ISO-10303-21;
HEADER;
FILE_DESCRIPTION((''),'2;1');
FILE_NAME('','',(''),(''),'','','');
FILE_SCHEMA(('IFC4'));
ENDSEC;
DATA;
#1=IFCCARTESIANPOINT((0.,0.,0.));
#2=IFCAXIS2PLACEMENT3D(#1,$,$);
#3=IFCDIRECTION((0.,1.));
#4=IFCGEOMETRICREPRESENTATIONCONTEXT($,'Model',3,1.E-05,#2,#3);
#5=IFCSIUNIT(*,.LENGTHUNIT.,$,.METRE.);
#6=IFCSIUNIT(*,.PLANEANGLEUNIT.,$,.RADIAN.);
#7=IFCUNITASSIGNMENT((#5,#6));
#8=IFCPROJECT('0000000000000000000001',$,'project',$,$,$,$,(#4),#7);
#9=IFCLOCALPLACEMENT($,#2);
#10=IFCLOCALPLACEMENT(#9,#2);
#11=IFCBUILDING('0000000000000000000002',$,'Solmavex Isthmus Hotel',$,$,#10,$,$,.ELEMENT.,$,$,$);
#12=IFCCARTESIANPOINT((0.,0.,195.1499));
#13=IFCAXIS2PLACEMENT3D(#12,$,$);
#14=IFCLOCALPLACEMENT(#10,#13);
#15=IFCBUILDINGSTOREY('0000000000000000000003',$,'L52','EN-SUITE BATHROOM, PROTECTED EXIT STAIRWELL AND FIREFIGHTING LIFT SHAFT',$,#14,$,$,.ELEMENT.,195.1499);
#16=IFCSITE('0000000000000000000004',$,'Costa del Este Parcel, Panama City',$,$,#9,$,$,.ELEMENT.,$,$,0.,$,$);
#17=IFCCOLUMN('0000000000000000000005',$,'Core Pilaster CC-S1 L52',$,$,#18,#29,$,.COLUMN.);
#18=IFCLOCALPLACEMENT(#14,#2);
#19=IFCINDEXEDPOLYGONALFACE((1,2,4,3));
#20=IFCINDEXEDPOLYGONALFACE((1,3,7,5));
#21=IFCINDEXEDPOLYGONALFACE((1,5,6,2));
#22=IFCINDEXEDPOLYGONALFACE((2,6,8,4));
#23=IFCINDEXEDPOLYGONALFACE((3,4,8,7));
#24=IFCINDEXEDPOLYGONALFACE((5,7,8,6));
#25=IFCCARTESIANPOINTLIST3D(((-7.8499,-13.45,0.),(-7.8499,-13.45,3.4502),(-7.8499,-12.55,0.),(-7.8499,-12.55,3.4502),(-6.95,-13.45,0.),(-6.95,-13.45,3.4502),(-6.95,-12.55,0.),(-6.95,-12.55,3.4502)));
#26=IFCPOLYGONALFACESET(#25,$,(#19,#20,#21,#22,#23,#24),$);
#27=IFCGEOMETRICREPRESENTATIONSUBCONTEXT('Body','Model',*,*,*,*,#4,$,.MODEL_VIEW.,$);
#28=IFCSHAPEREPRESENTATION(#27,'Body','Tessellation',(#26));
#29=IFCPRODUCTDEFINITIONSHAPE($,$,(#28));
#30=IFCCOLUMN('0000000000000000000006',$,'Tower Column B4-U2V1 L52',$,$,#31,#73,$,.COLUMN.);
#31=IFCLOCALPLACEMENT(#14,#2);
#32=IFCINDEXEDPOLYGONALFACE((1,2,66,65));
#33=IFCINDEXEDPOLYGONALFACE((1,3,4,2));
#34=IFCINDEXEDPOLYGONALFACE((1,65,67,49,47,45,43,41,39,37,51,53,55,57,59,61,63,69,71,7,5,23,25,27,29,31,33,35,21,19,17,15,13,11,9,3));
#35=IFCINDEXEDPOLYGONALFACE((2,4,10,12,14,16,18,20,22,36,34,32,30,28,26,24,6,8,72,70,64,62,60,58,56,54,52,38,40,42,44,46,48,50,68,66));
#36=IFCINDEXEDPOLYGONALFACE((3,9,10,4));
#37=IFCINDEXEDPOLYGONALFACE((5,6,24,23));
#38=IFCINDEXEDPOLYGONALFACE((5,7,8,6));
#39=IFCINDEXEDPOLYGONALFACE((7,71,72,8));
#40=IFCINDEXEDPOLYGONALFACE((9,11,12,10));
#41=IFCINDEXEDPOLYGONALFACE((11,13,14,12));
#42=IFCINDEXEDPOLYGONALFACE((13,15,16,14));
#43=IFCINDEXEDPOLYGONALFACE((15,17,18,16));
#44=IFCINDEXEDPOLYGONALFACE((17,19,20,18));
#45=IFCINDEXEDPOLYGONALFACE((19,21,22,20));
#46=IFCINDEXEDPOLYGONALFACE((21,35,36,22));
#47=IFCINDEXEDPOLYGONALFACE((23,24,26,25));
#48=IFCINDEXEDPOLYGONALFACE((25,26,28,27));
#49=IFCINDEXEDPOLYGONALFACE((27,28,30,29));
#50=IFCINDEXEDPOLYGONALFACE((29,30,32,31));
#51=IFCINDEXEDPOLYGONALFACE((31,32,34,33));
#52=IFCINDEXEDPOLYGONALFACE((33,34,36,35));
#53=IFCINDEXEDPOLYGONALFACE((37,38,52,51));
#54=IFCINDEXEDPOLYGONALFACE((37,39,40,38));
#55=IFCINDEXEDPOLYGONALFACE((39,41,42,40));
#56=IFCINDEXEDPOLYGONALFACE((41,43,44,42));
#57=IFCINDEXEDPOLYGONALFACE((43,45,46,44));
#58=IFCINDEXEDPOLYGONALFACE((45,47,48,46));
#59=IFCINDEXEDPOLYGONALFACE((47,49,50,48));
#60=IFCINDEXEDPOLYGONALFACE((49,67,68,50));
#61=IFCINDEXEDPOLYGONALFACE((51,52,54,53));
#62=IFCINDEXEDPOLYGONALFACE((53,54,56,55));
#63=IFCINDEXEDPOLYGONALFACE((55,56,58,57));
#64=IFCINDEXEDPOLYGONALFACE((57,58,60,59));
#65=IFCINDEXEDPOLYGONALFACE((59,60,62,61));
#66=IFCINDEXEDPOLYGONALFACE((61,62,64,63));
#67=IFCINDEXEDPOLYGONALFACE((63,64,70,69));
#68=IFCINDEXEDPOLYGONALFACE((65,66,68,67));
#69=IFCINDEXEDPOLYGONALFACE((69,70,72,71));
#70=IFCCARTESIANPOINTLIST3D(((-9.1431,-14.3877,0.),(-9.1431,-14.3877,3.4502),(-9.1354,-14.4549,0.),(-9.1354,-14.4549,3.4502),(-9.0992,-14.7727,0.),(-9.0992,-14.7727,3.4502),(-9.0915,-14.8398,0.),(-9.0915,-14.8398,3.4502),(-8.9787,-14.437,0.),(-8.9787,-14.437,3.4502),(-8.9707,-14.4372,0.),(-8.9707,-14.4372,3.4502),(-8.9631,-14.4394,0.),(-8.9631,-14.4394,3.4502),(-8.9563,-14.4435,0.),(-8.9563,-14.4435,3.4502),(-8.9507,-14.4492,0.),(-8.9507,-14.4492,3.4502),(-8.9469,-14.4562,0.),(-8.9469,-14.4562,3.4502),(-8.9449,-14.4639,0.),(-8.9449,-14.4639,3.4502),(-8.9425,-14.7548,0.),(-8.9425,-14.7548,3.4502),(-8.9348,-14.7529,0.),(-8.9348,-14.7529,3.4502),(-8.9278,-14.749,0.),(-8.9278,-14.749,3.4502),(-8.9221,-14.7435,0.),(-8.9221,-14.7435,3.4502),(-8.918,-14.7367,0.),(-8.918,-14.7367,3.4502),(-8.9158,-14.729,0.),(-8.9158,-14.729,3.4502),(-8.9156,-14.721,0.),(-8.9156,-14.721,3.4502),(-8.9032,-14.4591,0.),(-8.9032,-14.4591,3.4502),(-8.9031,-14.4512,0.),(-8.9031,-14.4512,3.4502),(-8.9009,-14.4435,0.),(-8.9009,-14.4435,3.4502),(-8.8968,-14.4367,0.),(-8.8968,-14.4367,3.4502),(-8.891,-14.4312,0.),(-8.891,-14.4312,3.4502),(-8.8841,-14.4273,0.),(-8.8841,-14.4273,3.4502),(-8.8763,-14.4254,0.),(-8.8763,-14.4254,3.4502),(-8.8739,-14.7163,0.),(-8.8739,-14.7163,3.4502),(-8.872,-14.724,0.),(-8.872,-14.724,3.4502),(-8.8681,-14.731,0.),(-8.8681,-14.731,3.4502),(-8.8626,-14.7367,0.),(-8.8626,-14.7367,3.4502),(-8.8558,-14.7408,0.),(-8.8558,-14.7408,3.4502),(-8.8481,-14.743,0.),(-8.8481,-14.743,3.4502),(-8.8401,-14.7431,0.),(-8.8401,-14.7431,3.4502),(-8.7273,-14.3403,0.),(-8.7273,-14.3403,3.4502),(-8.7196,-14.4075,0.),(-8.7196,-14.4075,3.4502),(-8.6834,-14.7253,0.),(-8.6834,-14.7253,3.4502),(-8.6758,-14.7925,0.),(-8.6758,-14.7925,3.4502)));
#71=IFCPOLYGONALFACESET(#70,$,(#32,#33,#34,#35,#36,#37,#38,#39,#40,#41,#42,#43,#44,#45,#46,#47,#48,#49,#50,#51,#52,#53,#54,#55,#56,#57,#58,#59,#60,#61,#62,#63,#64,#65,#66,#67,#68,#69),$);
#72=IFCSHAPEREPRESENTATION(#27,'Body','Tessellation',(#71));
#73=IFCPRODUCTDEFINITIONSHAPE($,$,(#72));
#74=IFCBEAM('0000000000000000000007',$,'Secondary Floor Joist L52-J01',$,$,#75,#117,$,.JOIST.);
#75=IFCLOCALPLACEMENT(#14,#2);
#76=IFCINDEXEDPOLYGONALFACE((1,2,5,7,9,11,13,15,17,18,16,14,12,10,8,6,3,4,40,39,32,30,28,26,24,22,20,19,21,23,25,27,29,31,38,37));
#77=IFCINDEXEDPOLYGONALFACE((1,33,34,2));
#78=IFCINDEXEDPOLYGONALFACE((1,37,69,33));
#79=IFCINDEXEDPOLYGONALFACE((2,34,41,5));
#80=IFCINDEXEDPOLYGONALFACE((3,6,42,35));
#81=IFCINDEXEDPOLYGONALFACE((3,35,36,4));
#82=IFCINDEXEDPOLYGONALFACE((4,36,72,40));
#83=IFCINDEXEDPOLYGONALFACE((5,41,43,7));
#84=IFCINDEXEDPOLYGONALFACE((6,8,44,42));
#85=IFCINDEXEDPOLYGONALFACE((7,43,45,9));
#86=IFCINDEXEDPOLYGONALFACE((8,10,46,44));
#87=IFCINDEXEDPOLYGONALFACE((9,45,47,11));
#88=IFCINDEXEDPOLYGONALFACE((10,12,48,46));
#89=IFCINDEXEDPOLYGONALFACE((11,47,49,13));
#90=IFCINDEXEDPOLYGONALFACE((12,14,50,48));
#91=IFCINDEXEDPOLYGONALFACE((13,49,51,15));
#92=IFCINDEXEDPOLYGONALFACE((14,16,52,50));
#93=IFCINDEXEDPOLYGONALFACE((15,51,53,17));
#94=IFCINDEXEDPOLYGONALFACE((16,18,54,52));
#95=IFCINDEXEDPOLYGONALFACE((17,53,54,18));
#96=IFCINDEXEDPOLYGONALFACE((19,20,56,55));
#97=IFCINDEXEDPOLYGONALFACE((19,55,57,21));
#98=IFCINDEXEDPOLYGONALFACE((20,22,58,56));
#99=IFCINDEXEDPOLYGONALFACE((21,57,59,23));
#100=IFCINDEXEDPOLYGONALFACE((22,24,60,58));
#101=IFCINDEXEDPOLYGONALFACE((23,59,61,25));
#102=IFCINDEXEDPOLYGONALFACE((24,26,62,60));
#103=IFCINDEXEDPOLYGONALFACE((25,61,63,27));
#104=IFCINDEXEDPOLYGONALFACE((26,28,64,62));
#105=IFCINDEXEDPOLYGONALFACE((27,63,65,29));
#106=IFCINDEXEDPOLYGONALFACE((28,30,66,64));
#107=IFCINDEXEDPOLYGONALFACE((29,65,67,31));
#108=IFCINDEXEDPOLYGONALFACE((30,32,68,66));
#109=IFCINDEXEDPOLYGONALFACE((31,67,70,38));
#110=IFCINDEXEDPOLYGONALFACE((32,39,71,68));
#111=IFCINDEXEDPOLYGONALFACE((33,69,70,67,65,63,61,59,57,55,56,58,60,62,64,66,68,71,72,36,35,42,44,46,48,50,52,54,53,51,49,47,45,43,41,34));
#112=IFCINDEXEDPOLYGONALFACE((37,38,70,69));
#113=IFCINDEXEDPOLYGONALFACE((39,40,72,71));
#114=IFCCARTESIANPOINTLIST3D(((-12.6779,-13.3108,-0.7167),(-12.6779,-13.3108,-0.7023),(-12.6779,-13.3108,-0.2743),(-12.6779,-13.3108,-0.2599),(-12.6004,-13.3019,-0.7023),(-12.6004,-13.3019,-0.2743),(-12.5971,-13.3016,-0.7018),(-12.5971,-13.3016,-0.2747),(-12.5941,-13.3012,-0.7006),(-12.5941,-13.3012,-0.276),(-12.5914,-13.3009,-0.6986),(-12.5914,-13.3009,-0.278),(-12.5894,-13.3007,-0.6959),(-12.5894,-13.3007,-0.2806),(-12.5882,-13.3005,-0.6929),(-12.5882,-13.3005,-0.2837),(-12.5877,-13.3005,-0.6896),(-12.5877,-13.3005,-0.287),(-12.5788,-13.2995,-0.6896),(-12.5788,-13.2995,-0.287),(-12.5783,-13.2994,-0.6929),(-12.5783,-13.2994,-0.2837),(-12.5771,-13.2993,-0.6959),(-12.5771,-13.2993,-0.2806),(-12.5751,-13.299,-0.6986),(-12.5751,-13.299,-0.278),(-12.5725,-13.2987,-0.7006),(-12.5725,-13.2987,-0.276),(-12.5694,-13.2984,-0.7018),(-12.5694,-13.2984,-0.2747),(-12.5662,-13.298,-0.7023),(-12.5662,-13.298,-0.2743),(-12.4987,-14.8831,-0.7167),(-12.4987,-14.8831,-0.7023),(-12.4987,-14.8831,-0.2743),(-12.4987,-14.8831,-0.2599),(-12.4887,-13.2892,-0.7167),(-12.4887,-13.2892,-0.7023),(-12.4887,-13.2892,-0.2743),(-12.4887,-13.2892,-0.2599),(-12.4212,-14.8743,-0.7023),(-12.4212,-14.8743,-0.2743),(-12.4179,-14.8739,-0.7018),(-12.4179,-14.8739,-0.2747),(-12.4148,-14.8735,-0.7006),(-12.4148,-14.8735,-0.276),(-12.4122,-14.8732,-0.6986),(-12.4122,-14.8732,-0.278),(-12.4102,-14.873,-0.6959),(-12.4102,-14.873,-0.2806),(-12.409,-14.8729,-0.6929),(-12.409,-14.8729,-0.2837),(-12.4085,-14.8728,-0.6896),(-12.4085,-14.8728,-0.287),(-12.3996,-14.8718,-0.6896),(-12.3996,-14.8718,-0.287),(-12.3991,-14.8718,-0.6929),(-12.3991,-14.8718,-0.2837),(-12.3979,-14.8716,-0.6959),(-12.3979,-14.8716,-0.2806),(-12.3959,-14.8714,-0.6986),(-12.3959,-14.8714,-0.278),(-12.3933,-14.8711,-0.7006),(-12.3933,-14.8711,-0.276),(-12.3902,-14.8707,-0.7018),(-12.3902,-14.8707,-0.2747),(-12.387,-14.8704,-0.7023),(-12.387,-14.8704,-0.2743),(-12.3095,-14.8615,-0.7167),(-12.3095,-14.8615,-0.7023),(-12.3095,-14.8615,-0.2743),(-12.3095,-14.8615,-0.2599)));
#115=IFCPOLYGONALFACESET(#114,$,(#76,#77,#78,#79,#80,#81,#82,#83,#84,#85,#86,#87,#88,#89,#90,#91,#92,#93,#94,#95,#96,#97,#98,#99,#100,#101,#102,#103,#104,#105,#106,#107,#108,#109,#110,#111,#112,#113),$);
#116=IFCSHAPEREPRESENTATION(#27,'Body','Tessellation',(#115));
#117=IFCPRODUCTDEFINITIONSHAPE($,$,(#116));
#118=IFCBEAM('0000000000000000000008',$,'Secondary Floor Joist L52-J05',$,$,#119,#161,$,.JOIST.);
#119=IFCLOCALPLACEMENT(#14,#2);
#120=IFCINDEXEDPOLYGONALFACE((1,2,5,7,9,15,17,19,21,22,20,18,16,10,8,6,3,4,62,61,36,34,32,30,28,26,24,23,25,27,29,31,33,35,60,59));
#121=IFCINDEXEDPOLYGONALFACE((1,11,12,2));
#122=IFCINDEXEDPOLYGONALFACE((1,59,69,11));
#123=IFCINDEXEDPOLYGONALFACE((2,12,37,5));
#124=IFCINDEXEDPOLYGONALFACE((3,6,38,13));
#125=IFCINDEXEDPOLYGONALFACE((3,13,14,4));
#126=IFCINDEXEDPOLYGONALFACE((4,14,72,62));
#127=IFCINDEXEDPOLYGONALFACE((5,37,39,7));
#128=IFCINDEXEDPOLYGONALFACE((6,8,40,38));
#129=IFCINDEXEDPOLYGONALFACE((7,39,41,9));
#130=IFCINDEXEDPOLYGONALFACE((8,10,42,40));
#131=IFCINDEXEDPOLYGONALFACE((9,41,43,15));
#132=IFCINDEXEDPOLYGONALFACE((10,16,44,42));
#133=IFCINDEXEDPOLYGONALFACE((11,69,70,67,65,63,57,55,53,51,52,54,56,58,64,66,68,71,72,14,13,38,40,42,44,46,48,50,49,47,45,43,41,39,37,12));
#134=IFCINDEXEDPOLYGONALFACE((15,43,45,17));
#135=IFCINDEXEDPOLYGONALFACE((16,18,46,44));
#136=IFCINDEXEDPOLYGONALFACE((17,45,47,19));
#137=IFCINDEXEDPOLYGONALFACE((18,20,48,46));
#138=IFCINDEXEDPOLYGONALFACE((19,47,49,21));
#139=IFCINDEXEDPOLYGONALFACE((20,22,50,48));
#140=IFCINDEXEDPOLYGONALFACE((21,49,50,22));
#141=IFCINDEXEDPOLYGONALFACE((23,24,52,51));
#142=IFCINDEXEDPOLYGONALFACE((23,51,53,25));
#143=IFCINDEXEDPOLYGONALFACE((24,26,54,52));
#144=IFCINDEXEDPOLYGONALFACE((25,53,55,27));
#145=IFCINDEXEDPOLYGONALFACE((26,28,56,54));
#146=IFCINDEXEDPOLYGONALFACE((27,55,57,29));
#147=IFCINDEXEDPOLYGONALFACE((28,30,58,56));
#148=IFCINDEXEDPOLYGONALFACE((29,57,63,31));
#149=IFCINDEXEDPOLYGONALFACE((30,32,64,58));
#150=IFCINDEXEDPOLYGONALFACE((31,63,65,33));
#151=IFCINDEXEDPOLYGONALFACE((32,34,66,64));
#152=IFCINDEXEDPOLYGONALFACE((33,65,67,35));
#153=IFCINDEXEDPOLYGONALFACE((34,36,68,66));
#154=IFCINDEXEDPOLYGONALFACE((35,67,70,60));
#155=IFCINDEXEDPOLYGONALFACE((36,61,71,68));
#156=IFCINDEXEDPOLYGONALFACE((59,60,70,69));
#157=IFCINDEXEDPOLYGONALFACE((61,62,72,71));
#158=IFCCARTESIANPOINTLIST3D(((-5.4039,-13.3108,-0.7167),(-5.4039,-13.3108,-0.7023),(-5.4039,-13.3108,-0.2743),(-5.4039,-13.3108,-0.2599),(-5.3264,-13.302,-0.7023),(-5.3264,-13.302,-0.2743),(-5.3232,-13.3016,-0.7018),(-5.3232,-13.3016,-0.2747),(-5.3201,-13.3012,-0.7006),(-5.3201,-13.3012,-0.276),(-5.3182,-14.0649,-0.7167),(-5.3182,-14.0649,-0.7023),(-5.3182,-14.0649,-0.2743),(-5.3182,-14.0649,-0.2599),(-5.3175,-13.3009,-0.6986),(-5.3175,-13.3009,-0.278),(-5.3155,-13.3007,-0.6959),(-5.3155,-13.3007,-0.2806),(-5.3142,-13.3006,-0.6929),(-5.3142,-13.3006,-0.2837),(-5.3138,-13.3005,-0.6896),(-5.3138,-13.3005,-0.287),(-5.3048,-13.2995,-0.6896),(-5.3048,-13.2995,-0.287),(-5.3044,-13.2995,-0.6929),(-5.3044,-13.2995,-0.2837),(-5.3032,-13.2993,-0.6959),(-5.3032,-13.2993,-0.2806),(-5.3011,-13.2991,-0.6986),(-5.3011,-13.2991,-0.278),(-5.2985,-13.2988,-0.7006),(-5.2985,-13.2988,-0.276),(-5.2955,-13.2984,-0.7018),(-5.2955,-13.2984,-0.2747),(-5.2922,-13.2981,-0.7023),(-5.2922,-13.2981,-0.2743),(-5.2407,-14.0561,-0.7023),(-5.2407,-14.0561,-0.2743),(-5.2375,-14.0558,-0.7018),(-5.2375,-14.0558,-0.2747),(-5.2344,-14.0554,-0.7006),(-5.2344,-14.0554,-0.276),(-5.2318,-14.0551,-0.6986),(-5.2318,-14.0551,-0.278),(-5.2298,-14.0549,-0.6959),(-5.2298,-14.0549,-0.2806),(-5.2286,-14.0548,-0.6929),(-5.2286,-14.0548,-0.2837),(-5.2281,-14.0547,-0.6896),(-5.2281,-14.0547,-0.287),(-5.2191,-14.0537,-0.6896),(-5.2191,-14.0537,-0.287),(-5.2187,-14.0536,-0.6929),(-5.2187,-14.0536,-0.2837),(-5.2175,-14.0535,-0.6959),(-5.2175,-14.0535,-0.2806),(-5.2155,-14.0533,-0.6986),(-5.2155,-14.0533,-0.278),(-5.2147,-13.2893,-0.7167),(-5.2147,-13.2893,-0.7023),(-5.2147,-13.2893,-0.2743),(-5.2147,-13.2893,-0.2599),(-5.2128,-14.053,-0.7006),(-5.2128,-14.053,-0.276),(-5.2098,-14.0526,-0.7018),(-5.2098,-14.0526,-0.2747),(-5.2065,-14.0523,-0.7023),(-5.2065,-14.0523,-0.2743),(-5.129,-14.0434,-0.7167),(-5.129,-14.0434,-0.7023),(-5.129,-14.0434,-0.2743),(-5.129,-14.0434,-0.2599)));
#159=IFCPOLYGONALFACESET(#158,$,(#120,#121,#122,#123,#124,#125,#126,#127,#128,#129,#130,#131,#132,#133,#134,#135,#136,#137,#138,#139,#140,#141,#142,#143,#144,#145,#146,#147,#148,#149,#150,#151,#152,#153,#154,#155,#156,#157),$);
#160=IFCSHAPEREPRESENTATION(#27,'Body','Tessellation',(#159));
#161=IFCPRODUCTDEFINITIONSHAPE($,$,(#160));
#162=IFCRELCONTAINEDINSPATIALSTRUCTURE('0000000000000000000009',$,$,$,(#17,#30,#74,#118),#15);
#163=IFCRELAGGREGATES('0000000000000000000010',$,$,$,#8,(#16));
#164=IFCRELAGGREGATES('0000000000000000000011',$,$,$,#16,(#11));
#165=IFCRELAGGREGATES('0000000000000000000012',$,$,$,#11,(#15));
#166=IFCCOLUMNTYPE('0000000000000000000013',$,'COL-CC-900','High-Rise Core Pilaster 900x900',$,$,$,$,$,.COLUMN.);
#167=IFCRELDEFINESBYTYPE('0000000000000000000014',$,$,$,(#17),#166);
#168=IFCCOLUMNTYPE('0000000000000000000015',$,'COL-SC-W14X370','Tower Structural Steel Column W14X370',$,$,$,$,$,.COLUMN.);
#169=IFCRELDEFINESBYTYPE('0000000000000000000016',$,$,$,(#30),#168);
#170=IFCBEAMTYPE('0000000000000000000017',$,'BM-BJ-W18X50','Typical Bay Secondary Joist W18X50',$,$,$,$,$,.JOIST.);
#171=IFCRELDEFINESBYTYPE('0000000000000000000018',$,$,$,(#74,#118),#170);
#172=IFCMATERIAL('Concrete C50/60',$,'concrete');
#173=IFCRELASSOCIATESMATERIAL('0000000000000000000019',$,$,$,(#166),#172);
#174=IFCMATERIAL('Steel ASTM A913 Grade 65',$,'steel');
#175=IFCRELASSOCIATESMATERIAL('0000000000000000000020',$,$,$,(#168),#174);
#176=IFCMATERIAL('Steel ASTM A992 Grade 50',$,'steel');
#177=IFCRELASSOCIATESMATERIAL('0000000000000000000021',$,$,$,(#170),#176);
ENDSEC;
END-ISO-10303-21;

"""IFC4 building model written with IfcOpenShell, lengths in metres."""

from ifc_helpers import new_model, si_unit, direction, frame, origin, origin_2d, place, context, subcontext, project, spatial, rectangle, i_section, extrude, material, material_profile, profile_set, type_object, element, save


model = new_model("IFC4")

# Units and contexts
model_context = context("Model", 3, precision=1e-05, world=origin(), true_north=direction((0.0, 1.0)))
body_context = subcontext(model_context, "Body", "Model", "MODEL_VIEW")
ifc_project = project(units=[si_unit("LENGTHUNIT", "METRE"), si_unit("PLANEANGLEUNIT", "RADIAN")], contexts=[model_context])

# Site, building, storey
site_placement = place(None, origin())
site = spatial("IfcSite", under=ifc_project, at=site_placement, Name="Costa del Este Parcel, Panama City", CompositionType="ELEMENT", RefElevation=0.0)
building_placement = place(site_placement, origin())
building = spatial("IfcBuilding", under=site, at=building_placement, Name="Solmavex Isthmus Hotel", CompositionType="ELEMENT")
storey_placement = place(building_placement, frame((0.0, 0.0, 195.1499)))
storey = spatial("IfcBuildingStorey", under=building, at=storey_placement, Name="L52", Description="EN-SUITE BATHROOM, PROTECTED EXIT STAIRWELL AND FIREFIGHTING LIFT SHAFT", CompositionType="ELEMENT", Elevation=195.1499)

# Columns
ifc_material_1 = material(Name="Concrete C50/60", Category="concrete")
ifc_material_profile_1 = material_profile(ifc_material_1, rectangle(XDim=0.8999, YDim=0.8999, at=origin_2d()), Name="RC900X900")
ifc_profile_set_1 = profile_set([ifc_material_profile_1], Name="Concrete C50/60")
column_type_1 = type_object("IfcColumnType", Name="COL-CC-900", Description="High-Rise Core Pilaster 900x900", PredefinedType="COLUMN", material=ifc_profile_set_1)
column_1_placement = place(storey_placement, frame((-7.3999, -13.0, 0.0), z_axis=(0.0, 0.0, 1.0), x_axis=(1.0, 0.0, 0.0)))
element("IfcColumn", 1, at=column_1_placement, inside=storey, type_object=column_type_1, Name="Core Pilaster CC-S1 L52", PredefinedType="COLUMN", context=body_context, shape_type="SweptSolid", body=[
    extrude(rectangle(XDim=0.8999, YDim=0.8999, at=origin_2d()), origin(), (0.0, 0.0, 1.0), 3.4502),
])
ifc_material_2 = material(Name="Steel ASTM A913 Grade 65", Category="steel")
ifc_material_profile_2 = material_profile(ifc_material_2, i_section(OverallWidth=0.4185, OverallDepth=0.4551, WebThickness=0.042, FlangeThickness=0.0676, FilletRadius=0.0305, at=origin_2d()), Name="W14X370")
ifc_profile_set_2 = profile_set([ifc_material_profile_2], Name="Steel ASTM A913 Grade 65")
column_type_2 = type_object("IfcColumnType", Name="COL-SC-W14X370", Description="Tower Structural Steel Column W14X370", PredefinedType="COLUMN", material=ifc_profile_set_2)
column_2_placement = place(storey_placement, frame((-8.9094, -14.5901, 0.0), z_axis=(0.0, 0.0, 1.0), x_axis=(0.993572, 0.113203, 0.0)))
element("IfcColumn", 2, at=column_2_placement, inside=storey, type_object=column_type_2, Name="Tower Column B4-U2V1 L52", PredefinedType="COLUMN", context=body_context, shape_type="SweptSolid", body=[
    extrude(i_section(OverallWidth=0.4185, OverallDepth=0.4551, WebThickness=0.042, FlangeThickness=0.0676, FilletRadius=0.0305, at=origin_2d()), origin(), (0.0, 0.0, 1.0), 3.4502),
])

# Beams
ifc_material_3 = material(Name="Steel ASTM A992 Grade 50", Category="steel")
ifc_material_profile_3 = material_profile(ifc_material_3, i_section(OverallWidth=0.1904, OverallDepth=0.4568, WebThickness=0.009, FlangeThickness=0.0144, FilletRadius=0.0127, at=origin_2d()), Name="W18X50")
ifc_profile_set_3 = profile_set([ifc_material_profile_3], Name="Steel ASTM A992 Grade 50")
beam_type_1 = type_object("IfcBeamType", Name="BM-BJ-W18X50", Description="Typical Bay Secondary Joist W18X50", PredefinedType="JOIST", material=ifc_profile_set_3)
beam_1_placement = place(storey_placement, frame((-12.4041, -14.8723, -0.4883), z_axis=(-0.113242, 0.993567, 0.0), x_axis=(-0.993567, -0.113242, 0.0)))
element("IfcBeam", 3, at=beam_1_placement, inside=storey, type_object=beam_type_1, Name="Secondary Floor Joist L52-J01", PredefinedType="JOIST", context=body_context, shape_type="SweptSolid", body=[
    extrude(i_section(OverallWidth=0.1904, OverallDepth=0.4568, WebThickness=0.009, FlangeThickness=0.0144, FilletRadius=0.0127, at=origin_2d()), origin(), (0.0, 0.0, 1.0), 1.5825),
])
beam_2_placement = place(storey_placement, frame((-5.2236, -14.0542, -0.4883), z_axis=(-0.112902, 0.993606, 0.0), x_axis=(-0.993606, -0.112902, 0.0)))
element("IfcBeam", 4, at=beam_2_placement, inside=storey, type_object=beam_type_1, Name="Secondary Floor Joist L52-J05", PredefinedType="JOIST", context=body_context, shape_type="SweptSolid", body=[
    extrude(i_section(OverallWidth=0.1904, OverallDepth=0.4568, WebThickness=0.009, FlangeThickness=0.0144, FilletRadius=0.0127, at=origin_2d()), origin(), (0.0, 0.0, 1.0), 0.759),
])

save(model, "model.ifc")
